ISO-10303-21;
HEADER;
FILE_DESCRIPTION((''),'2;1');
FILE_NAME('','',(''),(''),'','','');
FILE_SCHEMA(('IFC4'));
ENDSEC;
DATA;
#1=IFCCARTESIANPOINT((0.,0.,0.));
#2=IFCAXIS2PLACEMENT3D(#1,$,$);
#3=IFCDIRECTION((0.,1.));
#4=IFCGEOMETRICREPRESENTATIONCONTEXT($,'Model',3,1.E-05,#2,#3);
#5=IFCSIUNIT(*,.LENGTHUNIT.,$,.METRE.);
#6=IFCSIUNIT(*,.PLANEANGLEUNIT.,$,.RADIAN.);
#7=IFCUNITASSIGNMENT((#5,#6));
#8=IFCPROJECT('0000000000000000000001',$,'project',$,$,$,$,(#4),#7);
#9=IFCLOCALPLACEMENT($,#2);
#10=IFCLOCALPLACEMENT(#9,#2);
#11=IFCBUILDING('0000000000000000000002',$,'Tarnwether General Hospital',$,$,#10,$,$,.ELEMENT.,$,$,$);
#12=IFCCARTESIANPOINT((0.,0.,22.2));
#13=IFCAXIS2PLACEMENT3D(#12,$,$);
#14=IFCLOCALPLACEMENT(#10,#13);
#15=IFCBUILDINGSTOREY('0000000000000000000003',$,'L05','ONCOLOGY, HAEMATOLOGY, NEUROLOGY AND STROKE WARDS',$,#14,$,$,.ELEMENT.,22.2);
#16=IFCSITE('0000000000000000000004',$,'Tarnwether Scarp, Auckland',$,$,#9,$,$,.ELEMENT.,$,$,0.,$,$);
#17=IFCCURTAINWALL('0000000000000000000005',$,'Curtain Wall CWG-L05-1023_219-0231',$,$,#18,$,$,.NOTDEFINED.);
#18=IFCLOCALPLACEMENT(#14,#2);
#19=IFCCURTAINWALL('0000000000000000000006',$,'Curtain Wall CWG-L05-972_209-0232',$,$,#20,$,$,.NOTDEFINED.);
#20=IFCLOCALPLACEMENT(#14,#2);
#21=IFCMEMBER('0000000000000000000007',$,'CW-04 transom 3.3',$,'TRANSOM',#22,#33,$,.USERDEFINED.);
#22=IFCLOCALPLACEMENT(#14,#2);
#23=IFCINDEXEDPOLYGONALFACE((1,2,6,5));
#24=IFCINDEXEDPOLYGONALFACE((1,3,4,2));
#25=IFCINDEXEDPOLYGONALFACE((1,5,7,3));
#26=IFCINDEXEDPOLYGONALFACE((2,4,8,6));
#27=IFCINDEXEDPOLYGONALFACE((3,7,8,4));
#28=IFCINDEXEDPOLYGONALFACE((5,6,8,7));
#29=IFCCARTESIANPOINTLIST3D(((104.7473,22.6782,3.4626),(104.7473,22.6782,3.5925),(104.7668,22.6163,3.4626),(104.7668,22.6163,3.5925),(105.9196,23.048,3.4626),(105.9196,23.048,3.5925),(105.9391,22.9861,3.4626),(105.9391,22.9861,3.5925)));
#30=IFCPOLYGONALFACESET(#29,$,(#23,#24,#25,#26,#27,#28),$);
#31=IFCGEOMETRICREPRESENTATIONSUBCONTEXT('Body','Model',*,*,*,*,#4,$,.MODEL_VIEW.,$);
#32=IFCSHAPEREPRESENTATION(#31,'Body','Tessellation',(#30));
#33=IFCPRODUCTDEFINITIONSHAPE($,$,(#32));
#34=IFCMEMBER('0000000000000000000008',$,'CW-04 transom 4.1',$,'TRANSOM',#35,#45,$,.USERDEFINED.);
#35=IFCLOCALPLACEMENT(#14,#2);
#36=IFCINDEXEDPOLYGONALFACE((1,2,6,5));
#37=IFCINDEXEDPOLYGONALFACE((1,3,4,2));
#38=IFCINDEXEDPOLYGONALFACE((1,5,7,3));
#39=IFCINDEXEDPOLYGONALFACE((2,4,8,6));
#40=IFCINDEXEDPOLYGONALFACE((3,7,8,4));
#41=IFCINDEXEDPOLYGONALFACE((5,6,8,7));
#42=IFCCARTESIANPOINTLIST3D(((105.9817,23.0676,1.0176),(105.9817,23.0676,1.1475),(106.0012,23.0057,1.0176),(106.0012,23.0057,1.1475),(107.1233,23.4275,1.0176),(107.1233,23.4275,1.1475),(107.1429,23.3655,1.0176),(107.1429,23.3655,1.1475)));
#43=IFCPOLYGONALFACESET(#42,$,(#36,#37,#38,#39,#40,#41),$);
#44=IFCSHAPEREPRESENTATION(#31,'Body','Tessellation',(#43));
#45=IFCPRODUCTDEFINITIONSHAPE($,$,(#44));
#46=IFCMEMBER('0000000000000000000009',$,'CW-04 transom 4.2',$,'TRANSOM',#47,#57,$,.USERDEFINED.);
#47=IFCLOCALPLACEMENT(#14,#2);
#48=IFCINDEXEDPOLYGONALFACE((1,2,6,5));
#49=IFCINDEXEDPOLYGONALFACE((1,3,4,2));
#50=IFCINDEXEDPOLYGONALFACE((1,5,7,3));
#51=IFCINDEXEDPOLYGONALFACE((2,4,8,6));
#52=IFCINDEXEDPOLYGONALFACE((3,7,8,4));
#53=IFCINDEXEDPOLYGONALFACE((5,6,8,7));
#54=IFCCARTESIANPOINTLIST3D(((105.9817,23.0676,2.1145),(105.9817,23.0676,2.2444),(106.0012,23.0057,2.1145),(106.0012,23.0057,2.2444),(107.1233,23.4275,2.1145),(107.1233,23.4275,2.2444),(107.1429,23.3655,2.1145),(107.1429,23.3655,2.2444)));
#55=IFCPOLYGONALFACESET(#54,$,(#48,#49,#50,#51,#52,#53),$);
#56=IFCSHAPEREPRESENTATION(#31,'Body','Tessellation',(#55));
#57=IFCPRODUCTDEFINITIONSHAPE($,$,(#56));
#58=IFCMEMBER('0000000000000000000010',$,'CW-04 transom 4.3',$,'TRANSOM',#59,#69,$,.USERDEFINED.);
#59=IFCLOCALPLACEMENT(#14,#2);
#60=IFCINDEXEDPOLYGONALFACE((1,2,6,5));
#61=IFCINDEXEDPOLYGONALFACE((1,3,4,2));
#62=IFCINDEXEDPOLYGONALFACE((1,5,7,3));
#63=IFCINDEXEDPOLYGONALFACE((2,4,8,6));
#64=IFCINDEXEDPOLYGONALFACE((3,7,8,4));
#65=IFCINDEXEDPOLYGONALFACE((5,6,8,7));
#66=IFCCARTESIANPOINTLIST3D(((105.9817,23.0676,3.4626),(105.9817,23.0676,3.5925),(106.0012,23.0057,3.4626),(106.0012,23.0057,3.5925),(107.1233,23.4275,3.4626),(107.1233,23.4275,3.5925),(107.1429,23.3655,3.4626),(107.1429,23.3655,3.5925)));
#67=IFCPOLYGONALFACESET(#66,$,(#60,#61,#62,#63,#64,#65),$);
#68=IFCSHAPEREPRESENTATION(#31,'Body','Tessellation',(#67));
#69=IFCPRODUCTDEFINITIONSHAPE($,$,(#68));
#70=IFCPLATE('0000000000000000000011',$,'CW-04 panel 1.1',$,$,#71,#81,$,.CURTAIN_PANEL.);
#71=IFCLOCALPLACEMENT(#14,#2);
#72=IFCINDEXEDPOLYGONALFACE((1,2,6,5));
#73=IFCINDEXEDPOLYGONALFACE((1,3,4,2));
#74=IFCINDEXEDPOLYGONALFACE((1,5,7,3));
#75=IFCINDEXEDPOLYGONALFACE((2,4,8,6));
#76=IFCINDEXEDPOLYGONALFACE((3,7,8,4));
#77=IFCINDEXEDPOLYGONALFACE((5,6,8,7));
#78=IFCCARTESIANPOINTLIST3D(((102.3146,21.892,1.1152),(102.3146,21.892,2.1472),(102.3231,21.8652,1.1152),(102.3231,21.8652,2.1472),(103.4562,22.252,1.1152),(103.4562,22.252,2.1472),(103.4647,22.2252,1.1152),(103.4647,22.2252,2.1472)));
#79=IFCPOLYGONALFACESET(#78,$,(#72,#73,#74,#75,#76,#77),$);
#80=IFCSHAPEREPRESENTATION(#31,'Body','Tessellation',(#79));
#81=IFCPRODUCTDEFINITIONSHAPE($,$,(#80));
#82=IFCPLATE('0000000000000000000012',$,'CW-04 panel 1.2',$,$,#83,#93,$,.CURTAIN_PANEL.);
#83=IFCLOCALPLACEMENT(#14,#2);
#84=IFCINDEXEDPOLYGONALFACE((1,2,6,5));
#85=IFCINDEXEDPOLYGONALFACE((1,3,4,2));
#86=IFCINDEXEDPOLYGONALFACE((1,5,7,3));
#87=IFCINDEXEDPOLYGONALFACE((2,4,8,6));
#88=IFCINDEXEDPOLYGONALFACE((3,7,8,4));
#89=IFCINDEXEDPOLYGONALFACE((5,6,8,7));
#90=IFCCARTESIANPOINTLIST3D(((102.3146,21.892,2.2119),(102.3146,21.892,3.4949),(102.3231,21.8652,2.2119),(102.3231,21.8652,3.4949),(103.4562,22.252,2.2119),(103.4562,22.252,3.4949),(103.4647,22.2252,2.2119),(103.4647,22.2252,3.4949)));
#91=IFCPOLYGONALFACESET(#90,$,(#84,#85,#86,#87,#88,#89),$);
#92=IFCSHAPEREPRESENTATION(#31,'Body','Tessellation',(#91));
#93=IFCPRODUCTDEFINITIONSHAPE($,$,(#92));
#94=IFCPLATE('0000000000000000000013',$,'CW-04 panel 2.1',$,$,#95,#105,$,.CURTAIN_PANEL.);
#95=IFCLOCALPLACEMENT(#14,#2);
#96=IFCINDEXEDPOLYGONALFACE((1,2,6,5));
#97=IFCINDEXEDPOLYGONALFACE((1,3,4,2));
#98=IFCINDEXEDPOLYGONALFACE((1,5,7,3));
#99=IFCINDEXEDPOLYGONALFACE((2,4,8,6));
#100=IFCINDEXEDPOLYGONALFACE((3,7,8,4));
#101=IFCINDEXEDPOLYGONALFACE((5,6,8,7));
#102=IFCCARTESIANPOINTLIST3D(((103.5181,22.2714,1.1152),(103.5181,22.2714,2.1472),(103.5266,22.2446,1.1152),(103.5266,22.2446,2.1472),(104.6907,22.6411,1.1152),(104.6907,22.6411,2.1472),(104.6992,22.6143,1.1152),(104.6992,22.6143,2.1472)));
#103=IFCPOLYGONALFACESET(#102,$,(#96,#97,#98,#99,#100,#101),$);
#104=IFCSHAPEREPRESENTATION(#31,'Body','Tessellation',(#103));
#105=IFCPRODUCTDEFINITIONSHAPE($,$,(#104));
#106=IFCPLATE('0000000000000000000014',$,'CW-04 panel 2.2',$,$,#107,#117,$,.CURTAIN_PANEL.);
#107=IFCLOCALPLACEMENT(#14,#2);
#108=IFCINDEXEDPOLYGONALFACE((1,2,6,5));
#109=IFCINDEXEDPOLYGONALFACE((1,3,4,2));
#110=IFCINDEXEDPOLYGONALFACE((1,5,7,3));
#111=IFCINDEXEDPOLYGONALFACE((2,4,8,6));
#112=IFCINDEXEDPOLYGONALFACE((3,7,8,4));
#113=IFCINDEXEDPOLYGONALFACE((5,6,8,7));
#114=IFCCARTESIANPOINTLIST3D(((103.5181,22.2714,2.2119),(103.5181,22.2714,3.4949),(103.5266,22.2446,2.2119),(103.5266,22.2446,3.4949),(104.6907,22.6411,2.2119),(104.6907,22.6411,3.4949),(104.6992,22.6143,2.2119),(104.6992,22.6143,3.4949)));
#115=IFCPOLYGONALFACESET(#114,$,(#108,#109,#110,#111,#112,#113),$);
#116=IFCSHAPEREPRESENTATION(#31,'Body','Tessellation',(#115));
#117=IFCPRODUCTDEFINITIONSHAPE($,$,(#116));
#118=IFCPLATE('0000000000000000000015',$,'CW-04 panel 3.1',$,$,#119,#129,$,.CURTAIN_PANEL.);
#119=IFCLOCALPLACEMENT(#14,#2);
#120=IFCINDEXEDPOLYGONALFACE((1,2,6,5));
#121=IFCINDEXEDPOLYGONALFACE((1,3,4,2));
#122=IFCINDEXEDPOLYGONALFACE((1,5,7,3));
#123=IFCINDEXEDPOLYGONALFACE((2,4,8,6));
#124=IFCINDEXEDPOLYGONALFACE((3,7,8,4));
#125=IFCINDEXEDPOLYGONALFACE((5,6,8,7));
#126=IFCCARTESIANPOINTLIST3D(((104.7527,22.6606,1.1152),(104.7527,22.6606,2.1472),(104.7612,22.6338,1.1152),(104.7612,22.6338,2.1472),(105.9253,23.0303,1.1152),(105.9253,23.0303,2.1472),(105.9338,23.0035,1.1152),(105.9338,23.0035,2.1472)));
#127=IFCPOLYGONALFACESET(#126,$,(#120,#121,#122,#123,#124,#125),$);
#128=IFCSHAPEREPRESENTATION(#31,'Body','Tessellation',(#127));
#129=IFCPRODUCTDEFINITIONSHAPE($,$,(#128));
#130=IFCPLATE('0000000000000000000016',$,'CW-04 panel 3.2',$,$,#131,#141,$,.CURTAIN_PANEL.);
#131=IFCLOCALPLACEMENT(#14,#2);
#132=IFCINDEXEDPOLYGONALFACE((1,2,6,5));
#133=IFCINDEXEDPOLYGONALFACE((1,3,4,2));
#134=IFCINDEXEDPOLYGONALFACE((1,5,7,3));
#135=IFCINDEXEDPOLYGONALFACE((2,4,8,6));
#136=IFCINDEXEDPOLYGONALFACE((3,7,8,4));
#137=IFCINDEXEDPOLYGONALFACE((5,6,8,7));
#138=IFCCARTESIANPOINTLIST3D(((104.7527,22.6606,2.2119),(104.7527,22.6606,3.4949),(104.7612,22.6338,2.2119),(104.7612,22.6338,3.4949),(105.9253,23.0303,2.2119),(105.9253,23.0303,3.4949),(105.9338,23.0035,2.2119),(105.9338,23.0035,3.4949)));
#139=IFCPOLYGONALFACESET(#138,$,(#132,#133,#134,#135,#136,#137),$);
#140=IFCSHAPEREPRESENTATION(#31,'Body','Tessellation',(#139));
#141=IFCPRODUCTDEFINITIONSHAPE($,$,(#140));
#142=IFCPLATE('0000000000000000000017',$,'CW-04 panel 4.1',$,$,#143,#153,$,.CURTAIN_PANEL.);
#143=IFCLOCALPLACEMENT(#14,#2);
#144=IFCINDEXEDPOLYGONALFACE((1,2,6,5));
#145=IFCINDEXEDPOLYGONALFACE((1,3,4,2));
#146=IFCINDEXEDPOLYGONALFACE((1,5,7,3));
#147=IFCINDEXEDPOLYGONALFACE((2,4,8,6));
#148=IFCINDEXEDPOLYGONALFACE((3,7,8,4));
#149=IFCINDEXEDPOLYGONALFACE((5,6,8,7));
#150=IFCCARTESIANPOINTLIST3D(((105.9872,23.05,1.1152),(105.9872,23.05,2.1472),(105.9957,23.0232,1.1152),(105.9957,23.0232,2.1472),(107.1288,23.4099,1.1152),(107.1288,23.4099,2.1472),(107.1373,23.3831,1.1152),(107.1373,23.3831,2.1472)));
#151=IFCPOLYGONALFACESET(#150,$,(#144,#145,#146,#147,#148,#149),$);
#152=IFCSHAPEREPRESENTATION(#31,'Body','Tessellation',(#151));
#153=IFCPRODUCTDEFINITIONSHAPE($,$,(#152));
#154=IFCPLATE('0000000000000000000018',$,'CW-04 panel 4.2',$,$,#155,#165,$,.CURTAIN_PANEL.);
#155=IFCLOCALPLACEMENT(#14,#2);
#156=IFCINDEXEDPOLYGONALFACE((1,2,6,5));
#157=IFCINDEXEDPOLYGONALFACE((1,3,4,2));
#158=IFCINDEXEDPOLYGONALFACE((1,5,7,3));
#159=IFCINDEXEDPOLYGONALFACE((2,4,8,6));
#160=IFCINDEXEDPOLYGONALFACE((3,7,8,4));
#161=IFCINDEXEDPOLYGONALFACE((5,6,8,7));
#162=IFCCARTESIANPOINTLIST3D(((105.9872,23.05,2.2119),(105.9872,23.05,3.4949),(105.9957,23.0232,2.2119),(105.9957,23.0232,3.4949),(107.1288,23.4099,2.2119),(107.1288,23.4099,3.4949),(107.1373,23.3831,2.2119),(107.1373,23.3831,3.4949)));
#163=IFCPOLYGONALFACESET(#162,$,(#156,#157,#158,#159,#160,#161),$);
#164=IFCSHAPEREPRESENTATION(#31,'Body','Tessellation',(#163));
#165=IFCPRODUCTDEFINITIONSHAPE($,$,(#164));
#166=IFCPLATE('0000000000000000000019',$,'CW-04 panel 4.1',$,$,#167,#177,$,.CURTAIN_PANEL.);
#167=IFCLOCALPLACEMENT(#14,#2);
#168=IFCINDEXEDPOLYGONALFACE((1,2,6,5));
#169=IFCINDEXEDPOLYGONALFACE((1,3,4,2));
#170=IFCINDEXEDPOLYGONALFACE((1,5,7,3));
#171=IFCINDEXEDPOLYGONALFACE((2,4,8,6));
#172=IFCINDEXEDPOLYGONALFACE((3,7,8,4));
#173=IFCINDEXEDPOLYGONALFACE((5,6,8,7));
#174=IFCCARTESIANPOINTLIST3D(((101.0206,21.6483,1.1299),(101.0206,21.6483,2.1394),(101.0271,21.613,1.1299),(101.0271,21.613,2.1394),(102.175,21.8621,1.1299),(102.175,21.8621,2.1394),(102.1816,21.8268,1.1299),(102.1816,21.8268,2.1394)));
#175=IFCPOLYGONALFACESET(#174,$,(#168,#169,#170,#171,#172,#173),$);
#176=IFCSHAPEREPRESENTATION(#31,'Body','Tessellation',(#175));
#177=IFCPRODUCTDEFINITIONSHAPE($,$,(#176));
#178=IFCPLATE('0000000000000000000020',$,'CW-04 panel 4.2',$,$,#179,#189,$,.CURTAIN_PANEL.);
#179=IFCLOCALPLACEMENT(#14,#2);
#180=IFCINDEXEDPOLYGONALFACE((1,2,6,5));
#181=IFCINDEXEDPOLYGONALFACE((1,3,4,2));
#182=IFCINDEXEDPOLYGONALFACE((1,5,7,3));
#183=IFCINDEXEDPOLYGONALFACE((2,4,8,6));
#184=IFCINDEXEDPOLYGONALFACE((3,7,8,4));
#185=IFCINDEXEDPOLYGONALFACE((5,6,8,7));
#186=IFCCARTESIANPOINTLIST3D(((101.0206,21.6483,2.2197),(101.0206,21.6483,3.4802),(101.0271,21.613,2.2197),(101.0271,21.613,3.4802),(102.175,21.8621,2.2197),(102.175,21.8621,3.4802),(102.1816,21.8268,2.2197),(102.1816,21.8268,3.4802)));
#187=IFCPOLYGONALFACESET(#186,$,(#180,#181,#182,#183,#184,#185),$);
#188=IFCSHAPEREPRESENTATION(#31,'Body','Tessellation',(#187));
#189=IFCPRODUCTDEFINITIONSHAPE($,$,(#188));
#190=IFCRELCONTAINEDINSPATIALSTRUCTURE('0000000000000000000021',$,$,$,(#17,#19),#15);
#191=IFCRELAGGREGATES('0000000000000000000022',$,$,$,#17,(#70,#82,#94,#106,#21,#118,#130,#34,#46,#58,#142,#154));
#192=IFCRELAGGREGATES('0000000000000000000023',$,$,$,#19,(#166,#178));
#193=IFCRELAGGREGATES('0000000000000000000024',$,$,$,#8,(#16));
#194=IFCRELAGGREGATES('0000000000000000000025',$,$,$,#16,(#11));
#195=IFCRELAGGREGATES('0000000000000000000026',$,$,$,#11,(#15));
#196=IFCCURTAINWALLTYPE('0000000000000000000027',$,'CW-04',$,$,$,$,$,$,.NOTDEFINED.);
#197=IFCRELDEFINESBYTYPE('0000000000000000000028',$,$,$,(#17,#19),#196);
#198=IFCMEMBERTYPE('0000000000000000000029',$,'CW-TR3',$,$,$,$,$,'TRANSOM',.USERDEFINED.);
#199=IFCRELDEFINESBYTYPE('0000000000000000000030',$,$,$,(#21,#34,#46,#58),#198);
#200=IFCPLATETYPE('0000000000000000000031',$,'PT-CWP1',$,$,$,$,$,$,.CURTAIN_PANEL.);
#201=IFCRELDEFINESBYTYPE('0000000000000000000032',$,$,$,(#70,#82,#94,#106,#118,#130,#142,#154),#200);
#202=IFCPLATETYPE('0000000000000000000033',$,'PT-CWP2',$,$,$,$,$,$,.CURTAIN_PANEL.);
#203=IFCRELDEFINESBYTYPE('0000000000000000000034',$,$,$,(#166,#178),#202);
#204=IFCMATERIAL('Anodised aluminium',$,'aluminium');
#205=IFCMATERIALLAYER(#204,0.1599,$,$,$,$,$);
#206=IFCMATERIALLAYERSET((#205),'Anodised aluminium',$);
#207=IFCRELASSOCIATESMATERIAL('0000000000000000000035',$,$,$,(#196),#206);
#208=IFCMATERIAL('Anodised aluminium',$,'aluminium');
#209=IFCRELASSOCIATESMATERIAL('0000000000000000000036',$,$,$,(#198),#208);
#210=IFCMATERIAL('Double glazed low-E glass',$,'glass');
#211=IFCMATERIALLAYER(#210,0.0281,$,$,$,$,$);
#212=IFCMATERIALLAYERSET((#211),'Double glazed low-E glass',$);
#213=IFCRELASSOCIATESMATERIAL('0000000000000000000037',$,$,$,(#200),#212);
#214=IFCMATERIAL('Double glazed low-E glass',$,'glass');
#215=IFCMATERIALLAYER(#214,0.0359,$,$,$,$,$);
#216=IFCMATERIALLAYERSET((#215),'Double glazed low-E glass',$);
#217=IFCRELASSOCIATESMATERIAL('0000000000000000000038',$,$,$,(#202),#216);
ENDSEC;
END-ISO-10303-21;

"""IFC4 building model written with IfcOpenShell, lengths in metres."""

from ifc_helpers import new_model, si_unit, direction, frame, origin, origin_2d, place, context, subcontext, project, spatial, rectangle, extrude, material, layer, layer_set, material_profile, profile_set, type_object, element, aggregate, save


model = new_model("IFC4")

# Units and contexts
model_context = context("Model", 3, precision=1e-05, world=origin(), true_north=direction((0.0, 1.0)))
body_context = subcontext(model_context, "Body", "Model", "MODEL_VIEW")
ifc_project = project(units=[si_unit("LENGTHUNIT", "METRE"), si_unit("PLANEANGLEUNIT", "RADIAN")], contexts=[model_context])

# Site, building, storey
site_placement = place(None, origin())
site = spatial("IfcSite", under=ifc_project, at=site_placement, Name="Tarnwether Scarp, Auckland", CompositionType="ELEMENT", RefElevation=0.0)
building_placement = place(site_placement, origin())
building = spatial("IfcBuilding", under=site, at=building_placement, Name="Tarnwether General Hospital", CompositionType="ELEMENT")
storey_placement = place(building_placement, frame((0.0, 0.0, 22.2)))
storey = spatial("IfcBuildingStorey", under=building, at=storey_placement, Name="L05", Description="ONCOLOGY, HAEMATOLOGY, NEUROLOGY AND STROKE WARDS", CompositionType="ELEMENT", Elevation=22.2)

# Curtain wall
ifc_material_1 = material(Name="Anodised aluminium", Category="aluminium")
ifc_layer_1 = layer(ifc_material_1, 0.1599)
ifc_layer_set_1 = layer_set([ifc_layer_1], Name="Anodised aluminium")
curtain_wall_type = type_object("IfcCurtainWallType", Name="CW-04", PredefinedType="NOTDEFINED", material=ifc_layer_set_1)
curtain_wall_1_placement = place(storey_placement, origin())
curtain_wall_1 = element("IfcCurtainWall", 1, at=curtain_wall_1_placement, inside=storey, type_object=curtain_wall_type, Name="Curtain Wall CWG-L05-1023_219-0231", PredefinedType="NOTDEFINED")

# Curtain wall
curtain_wall_2_placement = place(storey_placement, origin())
curtain_wall_2 = element("IfcCurtainWall", 2, at=curtain_wall_2_placement, inside=storey, type_object=curtain_wall_type, Name="Curtain Wall CWG-L05-972_209-0232", PredefinedType="NOTDEFINED")

# Members
ifc_material_2 = material(Name="Anodised aluminium", Category="aluminium")
ifc_material_profile_1 = material_profile(ifc_material_2, rectangle(XDim=0.0649, YDim=0.1299, at=origin_2d()), Name="ALU-TRN-65x130")
ifc_profile_set_1 = profile_set([ifc_material_profile_1], Name="Anodised aluminium")
member_type_1 = type_object("IfcMemberType", Name="CW-TR3", ElementType="TRANSOM", PredefinedType="USERDEFINED", material=ifc_profile_set_1)
member_1_placement = place(storey_placement, frame((104.7571, 22.6472, 3.5276), z_axis=(0.953664, 0.300875, 0.0), x_axis=(-0.300875, 0.953664, 0.0)))
member_1 = element("IfcMember", 3, at=member_1_placement, type_object=member_type_1, Name="CW-04 transom 3.3", ObjectType="TRANSOM", PredefinedType="USERDEFINED", context=body_context, shape_type="SweptSolid", body=[
    extrude(rectangle(XDim=0.0649, YDim=0.1299, at=origin_2d()), origin(), (0.0, 0.0, 1.0), 1.2292),
])
member_2_placement = place(storey_placement, frame((105.9915, 23.0366, 1.0825), z_axis=(0.953737, 0.300643, 0.0), x_axis=(-0.300643, 0.953737, 0.0)))
member_2 = element("IfcMember", 4, at=member_2_placement, type_object=member_type_1, Name="CW-04 transom 4.1", ObjectType="TRANSOM", PredefinedType="USERDEFINED", context=body_context, shape_type="SweptSolid", body=[
    extrude(rectangle(XDim=0.0649, YDim=0.1299, at=origin_2d()), origin(), (0.0, 0.0, 1.0), 1.197),
])
member_3_placement = place(storey_placement, frame((105.9915, 23.0366, 2.1794), z_axis=(0.953737, 0.300643, 0.0), x_axis=(-0.300643, 0.953737, 0.0)))
member_3 = element("IfcMember", 5, at=member_3_placement, type_object=member_type_1, Name="CW-04 transom 4.2", ObjectType="TRANSOM", PredefinedType="USERDEFINED", context=body_context, shape_type="SweptSolid", body=[
    extrude(rectangle(XDim=0.0649, YDim=0.1299, at=origin_2d()), origin(), (0.0, 0.0, 1.0), 1.197),
])
member_4_placement = place(storey_placement, frame((105.9915, 23.0366, 3.5276), z_axis=(0.953737, 0.300643, 0.0), x_axis=(-0.300643, 0.953737, 0.0)))
member_4 = element("IfcMember", 6, at=member_4_placement, type_object=member_type_1, Name="CW-04 transom 4.3", ObjectType="TRANSOM", PredefinedType="USERDEFINED", context=body_context, shape_type="SweptSolid", body=[
    extrude(rectangle(XDim=0.0649, YDim=0.1299, at=origin_2d()), origin(), (0.0, 0.0, 1.0), 1.197),
])

# Plates
ifc_material_3 = material(Name="Double glazed low-E glass", Category="glass")
ifc_layer_2 = layer(ifc_material_3, 0.0281)
ifc_layer_set_2 = layer_set([ifc_layer_2], Name="Double glazed low-E glass")
plate_type_1 = type_object("IfcPlateType", Name="PT-CWP1", PredefinedType="CURTAIN_PANEL", material=ifc_layer_set_2)
plate_1_placement = place(storey_placement, frame((102.8896, 22.0586, 1.1152), z_axis=(0.0, 0.0, 1.0), x_axis=(0.953714, 0.300715, 0.0)))
plate_1 = element("IfcPlate", 7, at=plate_1_placement, type_object=plate_type_1, Name="CW-04 panel 1.1", PredefinedType="CURTAIN_PANEL", context=body_context, shape_type="SweptSolid", body=[
    extrude(rectangle(XDim=1.197, YDim=0.0281, at=origin_2d()), origin(), (0.0, 0.0, 1.0), 1.032),
])
plate_2_placement = place(storey_placement, frame((102.8896, 22.0586, 2.2119), z_axis=(0.0, 0.0, 1.0), x_axis=(0.953714, 0.300715, 0.0)))
plate_2 = element("IfcPlate", 8, at=plate_2_placement, type_object=plate_type_1, Name="CW-04 panel 1.2", PredefinedType="CURTAIN_PANEL", context=body_context, shape_type="SweptSolid", body=[
    extrude(rectangle(XDim=1.197, YDim=0.0281, at=origin_2d()), origin(), (0.0, 0.0, 1.0), 1.283),
])
plate_3_placement = place(storey_placement, frame((104.1086, 22.4429, 1.1152), z_axis=(0.0, 0.0, 1.0), x_axis=(0.953714, 0.300715, 0.0)))
plate_3 = element("IfcPlate", 9, at=plate_3_placement, type_object=plate_type_1, Name="CW-04 panel 2.1", PredefinedType="CURTAIN_PANEL", context=body_context, shape_type="SweptSolid", body=[
    extrude(rectangle(XDim=1.2295, YDim=0.0281, at=origin_2d()), origin(), (0.0, 0.0, 1.0), 1.032),
])
plate_4_placement = place(storey_placement, frame((104.1086, 22.4429, 2.2119), z_axis=(0.0, 0.0, 1.0), x_axis=(0.953714, 0.300715, 0.0)))
plate_4 = element("IfcPlate", 10, at=plate_4_placement, type_object=plate_type_1, Name="CW-04 panel 2.2", PredefinedType="CURTAIN_PANEL", context=body_context, shape_type="SweptSolid", body=[
    extrude(rectangle(XDim=1.2295, YDim=0.0281, at=origin_2d()), origin(), (0.0, 0.0, 1.0), 1.283),
])
plate_5_placement = place(storey_placement, frame((105.3433, 22.832, 1.1152), z_axis=(0.0, 0.0, 1.0), x_axis=(0.953714, 0.300715, 0.0)))
plate_5 = element("IfcPlate", 11, at=plate_5_placement, type_object=plate_type_1, Name="CW-04 panel 3.1", PredefinedType="CURTAIN_PANEL", context=body_context, shape_type="SweptSolid", body=[
    extrude(rectangle(XDim=1.2295, YDim=0.0281, at=origin_2d()), origin(), (0.0, 0.0, 1.0), 1.032),
])
plate_6_placement = place(storey_placement, frame((105.3433, 22.832, 2.2119), z_axis=(0.0, 0.0, 1.0), x_axis=(0.953714, 0.300715, 0.0)))
plate_6 = element("IfcPlate", 12, at=plate_6_placement, type_object=plate_type_1, Name="CW-04 panel 3.2", PredefinedType="CURTAIN_PANEL", context=body_context, shape_type="SweptSolid", body=[
    extrude(rectangle(XDim=1.2295, YDim=0.0281, at=origin_2d()), origin(), (0.0, 0.0, 1.0), 1.283),
])
plate_7_placement = place(storey_placement, frame((106.5623, 23.2166, 1.1152), z_axis=(0.0, 0.0, 1.0), x_axis=(0.953714, 0.300715, 0.0)))
plate_7 = element("IfcPlate", 13, at=plate_7_placement, type_object=plate_type_1, Name="CW-04 panel 4.1", PredefinedType="CURTAIN_PANEL", context=body_context, shape_type="SweptSolid", body=[
    extrude(rectangle(XDim=1.197, YDim=0.0281, at=origin_2d()), origin(), (0.0, 0.0, 1.0), 1.032),
])
plate_8_placement = place(storey_placement, frame((106.5623, 23.2166, 2.2119), z_axis=(0.0, 0.0, 1.0), x_axis=(0.953714, 0.300715, 0.0)))
plate_8 = element("IfcPlate", 14, at=plate_8_placement, type_object=plate_type_1, Name="CW-04 panel 4.2", PredefinedType="CURTAIN_PANEL", context=body_context, shape_type="SweptSolid", body=[
    extrude(rectangle(XDim=1.197, YDim=0.0281, at=origin_2d()), origin(), (0.0, 0.0, 1.0), 1.283),
])
aggregate(curtain_wall_1, [plate_1, plate_2, plate_3, plate_4, member_1, plate_5, plate_6, member_2, member_3, member_4, plate_7, plate_8])
ifc_material_4 = material(Name="Double glazed low-E glass", Category="glass")
ifc_layer_3 = layer(ifc_material_4, 0.0359)
ifc_layer_set_3 = layer_set([ifc_layer_3], Name="Double glazed low-E glass")
plate_type_2 = type_object("IfcPlateType", Name="PT-CWP2", PredefinedType="CURTAIN_PANEL", material=ifc_layer_set_3)
plate_9_placement = place(storey_placement, frame((101.6011, 21.7375, 1.1299), z_axis=(0.0, 0.0, 1.0), x_axis=(0.983268, 0.182165, 0.0)))
plate_9 = element("IfcPlate", 15, at=plate_9_placement, type_object=plate_type_2, Name="CW-04 panel 4.1", PredefinedType="CURTAIN_PANEL", context=body_context, shape_type="SweptSolid", body=[
    extrude(rectangle(XDim=1.1741, YDim=0.0359, at=origin_2d()), origin(), (0.0, 0.0, 1.0), 1.0095),
])
plate_10_placement = place(storey_placement, frame((101.6011, 21.7375, 2.2197), z_axis=(0.0, 0.0, 1.0), x_axis=(0.983268, 0.182165, 0.0)))
plate_10 = element("IfcPlate", 16, at=plate_10_placement, type_object=plate_type_2, Name="CW-04 panel 4.2", PredefinedType="CURTAIN_PANEL", context=body_context, shape_type="SweptSolid", body=[
    extrude(rectangle(XDim=1.1741, YDim=0.0359, at=origin_2d()), origin(), (0.0, 0.0, 1.0), 1.2605),
])
aggregate(curtain_wall_2, [plate_9, plate_10])

save(model, "model.ifc")
